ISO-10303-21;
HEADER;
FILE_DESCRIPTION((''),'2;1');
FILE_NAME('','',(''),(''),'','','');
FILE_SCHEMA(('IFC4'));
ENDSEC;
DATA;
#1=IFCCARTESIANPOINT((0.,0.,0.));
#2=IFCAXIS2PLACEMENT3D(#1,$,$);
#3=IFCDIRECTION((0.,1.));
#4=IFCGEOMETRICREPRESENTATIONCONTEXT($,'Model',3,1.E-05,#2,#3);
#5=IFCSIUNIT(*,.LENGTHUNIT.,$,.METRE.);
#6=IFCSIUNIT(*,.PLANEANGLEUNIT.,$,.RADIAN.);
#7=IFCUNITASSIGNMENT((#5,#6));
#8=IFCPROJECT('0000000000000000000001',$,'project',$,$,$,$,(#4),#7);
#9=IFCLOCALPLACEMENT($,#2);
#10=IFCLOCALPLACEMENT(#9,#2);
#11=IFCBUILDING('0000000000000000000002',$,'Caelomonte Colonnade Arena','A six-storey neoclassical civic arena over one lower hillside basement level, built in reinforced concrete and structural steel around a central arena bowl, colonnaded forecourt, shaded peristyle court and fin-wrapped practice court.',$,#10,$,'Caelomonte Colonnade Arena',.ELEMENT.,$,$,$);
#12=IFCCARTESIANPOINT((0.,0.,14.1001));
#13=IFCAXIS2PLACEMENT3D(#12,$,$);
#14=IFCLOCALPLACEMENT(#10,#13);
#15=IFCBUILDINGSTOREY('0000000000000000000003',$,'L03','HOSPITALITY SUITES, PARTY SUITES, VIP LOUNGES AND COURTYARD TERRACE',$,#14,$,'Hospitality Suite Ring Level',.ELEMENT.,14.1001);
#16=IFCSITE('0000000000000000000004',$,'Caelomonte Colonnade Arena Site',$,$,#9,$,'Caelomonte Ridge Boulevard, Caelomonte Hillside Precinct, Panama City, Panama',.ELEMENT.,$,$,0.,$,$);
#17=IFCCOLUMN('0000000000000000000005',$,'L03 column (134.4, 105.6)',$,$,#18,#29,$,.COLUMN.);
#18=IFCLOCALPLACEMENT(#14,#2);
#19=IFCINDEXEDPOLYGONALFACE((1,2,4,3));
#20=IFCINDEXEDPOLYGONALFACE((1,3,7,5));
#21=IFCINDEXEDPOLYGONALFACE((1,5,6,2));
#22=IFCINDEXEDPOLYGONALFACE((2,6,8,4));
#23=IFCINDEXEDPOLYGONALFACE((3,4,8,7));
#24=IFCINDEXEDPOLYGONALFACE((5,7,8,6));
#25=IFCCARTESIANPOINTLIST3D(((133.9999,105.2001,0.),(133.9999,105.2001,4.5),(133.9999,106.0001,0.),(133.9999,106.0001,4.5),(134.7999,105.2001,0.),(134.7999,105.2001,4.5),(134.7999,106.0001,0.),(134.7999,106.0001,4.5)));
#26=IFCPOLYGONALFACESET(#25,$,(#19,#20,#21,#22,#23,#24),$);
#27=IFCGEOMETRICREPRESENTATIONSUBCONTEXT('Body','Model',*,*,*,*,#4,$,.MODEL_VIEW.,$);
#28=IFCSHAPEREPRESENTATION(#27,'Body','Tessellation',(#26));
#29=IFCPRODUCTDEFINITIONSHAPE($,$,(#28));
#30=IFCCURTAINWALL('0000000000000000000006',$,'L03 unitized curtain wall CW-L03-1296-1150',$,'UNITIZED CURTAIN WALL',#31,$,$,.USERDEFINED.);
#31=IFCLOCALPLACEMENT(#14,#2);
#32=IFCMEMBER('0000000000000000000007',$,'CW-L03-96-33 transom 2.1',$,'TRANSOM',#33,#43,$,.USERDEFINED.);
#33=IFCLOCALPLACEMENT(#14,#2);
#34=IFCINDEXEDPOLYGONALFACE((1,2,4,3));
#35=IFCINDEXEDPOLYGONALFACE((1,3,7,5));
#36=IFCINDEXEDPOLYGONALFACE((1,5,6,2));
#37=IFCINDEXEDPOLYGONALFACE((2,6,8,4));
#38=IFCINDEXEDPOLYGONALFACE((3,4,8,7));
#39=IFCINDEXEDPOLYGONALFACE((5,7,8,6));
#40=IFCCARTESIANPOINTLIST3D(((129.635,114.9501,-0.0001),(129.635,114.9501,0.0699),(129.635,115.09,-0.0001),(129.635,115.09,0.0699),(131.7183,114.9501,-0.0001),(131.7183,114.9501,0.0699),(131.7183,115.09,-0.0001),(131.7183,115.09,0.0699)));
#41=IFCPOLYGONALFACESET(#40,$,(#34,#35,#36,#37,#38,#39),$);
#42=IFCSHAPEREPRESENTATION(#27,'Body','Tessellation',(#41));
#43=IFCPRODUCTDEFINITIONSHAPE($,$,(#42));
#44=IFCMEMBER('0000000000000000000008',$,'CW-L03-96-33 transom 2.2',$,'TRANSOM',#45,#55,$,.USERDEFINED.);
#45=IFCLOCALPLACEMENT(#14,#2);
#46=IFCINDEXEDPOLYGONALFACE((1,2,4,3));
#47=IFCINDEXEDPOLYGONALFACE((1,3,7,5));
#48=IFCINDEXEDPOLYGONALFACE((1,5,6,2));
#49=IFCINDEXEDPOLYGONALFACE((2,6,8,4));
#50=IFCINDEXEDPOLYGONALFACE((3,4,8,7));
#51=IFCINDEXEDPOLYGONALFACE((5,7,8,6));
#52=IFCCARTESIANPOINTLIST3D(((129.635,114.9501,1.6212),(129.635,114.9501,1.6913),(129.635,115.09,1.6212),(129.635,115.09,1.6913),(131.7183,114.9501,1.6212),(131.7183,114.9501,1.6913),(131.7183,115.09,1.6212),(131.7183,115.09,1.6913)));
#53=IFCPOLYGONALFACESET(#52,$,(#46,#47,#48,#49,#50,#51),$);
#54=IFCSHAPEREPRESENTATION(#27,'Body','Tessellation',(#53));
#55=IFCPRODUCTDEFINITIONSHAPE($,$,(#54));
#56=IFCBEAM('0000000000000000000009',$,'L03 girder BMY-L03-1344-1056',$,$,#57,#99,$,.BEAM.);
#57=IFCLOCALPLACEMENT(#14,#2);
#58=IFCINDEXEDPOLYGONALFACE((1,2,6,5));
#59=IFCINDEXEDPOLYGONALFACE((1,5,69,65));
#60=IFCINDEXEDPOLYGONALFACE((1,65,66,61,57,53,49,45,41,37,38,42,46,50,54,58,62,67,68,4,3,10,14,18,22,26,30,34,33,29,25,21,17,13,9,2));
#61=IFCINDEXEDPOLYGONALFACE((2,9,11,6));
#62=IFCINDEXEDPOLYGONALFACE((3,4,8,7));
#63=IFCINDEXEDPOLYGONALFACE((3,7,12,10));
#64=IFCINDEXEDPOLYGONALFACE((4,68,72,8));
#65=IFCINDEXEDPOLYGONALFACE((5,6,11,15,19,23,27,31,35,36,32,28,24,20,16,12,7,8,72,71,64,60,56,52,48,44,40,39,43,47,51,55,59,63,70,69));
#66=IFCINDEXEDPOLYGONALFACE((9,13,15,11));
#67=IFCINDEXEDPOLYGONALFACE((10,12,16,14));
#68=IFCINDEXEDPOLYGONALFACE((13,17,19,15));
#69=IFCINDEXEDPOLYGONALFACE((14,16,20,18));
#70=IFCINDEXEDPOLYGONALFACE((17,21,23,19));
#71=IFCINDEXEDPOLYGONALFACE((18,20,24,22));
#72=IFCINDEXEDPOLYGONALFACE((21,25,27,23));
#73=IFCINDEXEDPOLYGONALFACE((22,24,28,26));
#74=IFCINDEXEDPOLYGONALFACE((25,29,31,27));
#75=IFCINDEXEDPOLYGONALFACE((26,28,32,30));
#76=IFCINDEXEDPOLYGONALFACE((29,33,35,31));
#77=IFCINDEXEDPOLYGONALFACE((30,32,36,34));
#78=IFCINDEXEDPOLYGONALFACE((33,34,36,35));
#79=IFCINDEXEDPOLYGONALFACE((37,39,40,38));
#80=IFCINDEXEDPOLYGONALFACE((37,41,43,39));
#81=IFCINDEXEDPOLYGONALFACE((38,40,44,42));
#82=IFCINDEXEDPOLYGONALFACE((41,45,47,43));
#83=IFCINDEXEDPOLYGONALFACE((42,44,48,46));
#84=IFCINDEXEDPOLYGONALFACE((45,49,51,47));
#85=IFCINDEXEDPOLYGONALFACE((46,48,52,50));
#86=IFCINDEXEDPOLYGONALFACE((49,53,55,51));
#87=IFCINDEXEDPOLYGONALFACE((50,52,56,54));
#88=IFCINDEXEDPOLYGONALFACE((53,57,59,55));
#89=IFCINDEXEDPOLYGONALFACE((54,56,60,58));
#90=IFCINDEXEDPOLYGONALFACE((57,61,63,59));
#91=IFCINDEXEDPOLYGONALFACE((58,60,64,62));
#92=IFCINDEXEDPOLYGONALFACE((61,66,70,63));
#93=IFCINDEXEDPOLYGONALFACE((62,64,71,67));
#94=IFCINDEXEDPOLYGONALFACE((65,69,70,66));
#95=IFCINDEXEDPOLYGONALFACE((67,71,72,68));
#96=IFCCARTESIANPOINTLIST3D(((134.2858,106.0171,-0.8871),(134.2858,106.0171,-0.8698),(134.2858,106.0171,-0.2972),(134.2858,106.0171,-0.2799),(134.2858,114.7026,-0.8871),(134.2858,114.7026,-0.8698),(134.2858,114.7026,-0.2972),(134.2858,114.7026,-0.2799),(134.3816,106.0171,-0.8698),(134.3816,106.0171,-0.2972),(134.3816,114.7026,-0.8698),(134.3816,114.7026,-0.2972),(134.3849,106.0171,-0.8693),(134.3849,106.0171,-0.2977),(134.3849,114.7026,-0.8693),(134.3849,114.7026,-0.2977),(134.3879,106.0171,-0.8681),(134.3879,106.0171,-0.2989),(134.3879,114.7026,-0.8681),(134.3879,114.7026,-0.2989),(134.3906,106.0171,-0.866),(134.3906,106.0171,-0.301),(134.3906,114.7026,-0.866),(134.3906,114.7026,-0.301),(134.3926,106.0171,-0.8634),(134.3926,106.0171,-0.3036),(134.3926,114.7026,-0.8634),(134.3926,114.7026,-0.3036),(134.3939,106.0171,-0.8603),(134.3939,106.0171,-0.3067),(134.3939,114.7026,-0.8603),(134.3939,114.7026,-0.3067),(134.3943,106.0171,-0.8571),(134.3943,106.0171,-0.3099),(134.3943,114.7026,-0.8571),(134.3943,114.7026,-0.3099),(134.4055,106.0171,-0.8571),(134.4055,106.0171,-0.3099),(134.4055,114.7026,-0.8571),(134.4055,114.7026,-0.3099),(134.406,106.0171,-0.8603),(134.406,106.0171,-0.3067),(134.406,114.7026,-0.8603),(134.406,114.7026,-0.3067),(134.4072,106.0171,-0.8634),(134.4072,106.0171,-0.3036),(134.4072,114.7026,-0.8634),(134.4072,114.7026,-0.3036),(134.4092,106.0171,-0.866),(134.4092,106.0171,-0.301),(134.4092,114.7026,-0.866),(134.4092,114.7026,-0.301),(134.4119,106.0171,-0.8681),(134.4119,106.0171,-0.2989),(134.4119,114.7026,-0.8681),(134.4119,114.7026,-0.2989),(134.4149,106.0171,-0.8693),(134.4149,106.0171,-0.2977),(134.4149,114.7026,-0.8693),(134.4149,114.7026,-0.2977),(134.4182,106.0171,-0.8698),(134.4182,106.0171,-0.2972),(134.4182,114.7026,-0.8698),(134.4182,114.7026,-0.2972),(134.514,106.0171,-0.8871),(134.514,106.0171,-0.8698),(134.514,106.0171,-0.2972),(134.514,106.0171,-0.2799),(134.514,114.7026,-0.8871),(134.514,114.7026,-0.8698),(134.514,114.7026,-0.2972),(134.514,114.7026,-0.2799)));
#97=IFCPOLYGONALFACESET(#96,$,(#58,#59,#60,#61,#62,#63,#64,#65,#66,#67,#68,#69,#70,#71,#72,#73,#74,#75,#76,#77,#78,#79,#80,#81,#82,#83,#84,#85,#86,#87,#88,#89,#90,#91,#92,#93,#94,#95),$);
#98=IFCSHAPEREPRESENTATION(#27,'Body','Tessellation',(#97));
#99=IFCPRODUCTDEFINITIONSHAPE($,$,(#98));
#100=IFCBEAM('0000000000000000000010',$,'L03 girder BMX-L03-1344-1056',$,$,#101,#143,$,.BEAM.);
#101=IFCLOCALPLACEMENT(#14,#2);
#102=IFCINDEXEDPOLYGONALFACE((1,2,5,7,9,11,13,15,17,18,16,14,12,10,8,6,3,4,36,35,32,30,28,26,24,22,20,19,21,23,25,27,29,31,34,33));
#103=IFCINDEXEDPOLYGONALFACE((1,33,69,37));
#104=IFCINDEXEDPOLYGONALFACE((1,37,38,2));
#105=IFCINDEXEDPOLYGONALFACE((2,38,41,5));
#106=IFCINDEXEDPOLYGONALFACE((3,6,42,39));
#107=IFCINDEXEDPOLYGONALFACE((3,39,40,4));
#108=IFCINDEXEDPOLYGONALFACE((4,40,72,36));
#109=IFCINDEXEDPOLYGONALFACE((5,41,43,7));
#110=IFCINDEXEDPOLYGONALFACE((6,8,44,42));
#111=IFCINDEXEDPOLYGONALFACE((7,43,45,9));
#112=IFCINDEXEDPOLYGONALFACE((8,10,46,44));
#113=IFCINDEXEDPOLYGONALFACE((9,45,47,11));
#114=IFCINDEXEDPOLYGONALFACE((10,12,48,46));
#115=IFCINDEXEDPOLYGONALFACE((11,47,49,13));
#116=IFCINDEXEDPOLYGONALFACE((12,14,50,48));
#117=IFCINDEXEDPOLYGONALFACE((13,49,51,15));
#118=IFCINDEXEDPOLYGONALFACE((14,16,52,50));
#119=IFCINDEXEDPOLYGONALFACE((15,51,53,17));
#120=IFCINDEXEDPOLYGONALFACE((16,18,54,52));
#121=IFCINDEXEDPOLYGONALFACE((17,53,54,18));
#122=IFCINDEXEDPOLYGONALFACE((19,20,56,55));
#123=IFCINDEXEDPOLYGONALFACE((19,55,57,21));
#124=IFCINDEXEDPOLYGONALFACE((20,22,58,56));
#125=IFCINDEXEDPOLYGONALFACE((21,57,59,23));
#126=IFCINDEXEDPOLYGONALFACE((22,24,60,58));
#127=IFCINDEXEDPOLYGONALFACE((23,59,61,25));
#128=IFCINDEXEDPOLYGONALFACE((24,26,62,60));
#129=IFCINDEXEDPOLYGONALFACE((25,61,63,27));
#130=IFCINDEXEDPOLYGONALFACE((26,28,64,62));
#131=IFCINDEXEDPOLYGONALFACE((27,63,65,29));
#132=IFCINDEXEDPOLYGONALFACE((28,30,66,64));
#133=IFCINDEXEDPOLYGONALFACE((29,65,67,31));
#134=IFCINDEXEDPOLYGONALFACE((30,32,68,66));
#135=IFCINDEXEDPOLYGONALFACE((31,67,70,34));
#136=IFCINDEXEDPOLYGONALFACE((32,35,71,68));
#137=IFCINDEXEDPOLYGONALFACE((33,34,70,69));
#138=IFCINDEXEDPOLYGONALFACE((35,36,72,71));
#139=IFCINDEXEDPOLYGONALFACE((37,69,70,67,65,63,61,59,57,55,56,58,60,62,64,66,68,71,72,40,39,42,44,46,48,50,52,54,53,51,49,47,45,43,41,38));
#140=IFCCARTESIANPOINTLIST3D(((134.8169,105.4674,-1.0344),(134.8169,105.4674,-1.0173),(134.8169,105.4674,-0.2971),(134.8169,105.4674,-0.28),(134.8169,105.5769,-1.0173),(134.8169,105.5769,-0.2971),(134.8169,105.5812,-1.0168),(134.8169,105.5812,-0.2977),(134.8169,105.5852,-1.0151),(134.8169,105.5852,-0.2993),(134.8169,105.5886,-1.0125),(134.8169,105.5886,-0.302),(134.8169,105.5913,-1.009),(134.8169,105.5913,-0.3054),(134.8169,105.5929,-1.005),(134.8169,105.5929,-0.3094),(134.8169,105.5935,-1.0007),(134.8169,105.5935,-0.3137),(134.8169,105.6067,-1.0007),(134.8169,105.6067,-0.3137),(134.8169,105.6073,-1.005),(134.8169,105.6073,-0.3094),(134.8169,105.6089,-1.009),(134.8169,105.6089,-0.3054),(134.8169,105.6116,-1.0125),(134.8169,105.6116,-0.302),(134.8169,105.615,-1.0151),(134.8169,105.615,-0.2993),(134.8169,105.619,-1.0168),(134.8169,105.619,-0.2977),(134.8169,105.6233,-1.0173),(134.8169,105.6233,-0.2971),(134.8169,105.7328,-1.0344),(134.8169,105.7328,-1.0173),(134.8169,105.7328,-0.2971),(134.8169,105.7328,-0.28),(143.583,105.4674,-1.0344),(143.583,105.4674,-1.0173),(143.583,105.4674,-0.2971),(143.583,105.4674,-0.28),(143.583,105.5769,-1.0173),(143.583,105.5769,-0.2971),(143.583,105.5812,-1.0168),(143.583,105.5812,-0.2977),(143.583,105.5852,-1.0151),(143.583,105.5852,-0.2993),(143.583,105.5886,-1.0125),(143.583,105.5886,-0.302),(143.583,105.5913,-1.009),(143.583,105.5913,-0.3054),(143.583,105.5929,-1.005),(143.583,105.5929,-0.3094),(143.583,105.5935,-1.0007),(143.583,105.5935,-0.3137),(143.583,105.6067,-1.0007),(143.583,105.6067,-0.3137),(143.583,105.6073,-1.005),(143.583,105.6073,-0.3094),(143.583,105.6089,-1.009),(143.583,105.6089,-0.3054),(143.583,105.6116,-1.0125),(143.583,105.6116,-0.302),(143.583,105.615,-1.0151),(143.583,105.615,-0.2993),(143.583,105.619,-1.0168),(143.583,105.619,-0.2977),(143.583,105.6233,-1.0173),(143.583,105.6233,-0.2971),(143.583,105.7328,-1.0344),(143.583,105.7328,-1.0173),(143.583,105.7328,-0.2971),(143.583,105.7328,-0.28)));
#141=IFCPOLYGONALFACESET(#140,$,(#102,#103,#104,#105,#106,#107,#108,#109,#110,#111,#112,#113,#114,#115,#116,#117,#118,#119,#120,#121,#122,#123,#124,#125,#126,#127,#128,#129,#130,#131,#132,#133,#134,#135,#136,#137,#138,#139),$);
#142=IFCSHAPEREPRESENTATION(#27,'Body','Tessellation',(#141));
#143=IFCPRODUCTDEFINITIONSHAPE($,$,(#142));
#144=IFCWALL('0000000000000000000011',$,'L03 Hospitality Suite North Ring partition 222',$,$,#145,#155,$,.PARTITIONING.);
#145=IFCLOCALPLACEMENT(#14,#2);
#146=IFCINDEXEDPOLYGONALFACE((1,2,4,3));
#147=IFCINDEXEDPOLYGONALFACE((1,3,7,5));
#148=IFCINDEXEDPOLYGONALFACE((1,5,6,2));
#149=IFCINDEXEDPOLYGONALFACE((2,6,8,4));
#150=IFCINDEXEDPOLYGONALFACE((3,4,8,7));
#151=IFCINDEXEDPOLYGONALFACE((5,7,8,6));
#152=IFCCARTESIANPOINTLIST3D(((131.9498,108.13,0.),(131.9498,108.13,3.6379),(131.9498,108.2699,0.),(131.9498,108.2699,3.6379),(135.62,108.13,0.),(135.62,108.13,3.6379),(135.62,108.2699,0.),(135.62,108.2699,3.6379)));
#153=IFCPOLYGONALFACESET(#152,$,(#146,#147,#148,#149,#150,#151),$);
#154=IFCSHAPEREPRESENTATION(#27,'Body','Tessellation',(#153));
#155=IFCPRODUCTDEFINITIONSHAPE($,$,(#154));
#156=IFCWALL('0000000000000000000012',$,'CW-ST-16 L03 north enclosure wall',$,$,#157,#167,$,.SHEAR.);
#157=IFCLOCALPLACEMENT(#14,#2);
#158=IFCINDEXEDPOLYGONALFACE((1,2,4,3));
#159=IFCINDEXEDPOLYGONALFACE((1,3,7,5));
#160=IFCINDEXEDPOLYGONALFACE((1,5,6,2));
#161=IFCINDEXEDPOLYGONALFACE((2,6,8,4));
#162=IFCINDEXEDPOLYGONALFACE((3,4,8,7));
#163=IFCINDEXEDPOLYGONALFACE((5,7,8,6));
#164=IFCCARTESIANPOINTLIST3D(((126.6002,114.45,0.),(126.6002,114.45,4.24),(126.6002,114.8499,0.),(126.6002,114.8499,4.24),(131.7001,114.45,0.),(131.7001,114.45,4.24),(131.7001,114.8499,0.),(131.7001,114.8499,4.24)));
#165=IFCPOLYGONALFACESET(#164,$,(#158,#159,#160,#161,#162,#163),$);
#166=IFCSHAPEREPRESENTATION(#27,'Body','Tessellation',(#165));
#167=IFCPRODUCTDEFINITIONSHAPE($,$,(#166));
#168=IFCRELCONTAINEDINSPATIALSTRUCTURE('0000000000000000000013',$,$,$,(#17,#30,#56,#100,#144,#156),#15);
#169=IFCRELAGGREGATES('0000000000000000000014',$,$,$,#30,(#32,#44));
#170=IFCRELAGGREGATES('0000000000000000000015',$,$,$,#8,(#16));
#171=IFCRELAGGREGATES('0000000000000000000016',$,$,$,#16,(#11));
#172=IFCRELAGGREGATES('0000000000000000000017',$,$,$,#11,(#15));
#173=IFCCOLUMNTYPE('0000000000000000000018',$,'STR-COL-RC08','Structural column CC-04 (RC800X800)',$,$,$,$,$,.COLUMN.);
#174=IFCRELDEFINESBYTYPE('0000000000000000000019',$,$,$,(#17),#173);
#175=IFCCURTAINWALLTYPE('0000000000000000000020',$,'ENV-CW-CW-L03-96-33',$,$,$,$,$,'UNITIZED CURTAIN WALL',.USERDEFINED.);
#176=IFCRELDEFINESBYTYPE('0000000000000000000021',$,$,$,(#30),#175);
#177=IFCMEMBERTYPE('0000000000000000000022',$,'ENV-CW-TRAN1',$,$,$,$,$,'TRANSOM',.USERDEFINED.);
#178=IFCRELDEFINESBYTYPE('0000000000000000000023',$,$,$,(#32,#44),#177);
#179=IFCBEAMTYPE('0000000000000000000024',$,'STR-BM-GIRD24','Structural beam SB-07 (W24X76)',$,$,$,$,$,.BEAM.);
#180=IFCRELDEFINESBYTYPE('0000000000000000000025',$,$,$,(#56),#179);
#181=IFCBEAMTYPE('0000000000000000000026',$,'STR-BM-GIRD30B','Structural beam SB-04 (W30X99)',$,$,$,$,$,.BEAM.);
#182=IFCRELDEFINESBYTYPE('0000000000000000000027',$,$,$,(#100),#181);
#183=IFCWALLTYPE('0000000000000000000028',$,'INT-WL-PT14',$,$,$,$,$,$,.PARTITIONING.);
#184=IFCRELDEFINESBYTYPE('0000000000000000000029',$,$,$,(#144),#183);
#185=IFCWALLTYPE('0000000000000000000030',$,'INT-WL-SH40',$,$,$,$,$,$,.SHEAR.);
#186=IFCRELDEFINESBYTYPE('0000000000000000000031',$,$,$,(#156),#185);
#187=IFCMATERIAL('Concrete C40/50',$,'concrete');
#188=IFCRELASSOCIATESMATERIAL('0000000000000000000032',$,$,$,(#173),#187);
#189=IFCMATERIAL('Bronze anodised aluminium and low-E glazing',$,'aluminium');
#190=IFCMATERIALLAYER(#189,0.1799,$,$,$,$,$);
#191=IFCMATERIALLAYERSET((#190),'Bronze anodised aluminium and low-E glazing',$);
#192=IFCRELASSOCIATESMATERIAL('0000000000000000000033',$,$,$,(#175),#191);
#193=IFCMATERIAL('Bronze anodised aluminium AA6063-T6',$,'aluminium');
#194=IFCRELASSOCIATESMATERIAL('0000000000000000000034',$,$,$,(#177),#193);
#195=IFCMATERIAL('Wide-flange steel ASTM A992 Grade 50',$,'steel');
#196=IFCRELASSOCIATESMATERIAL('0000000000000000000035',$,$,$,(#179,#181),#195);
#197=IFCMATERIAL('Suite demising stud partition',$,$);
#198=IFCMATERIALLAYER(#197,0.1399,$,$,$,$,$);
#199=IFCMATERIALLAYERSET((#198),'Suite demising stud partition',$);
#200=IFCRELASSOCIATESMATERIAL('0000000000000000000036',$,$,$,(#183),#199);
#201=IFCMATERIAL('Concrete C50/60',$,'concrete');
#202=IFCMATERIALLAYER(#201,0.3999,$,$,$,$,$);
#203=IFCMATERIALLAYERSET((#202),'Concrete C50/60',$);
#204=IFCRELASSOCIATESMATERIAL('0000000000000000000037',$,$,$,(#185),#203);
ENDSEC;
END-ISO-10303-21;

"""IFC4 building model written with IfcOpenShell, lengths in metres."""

from ifc_helpers import new_model, si_unit, direction, frame, frame_2d, origin, origin_2d, place, context, subcontext, project, spatial, rectangle, i_section, extrude, material, layer, layer_set, material_profile, profile_set, type_object, element, aggregate, save


model = new_model("IFC4")

# Units and contexts
model_context = context("Model", 3, precision=1e-05, world=origin(), true_north=direction((0.0, 1.0)))
body_context = subcontext(model_context, "Body", "Model", "MODEL_VIEW")
ifc_project = project(units=[si_unit("LENGTHUNIT", "METRE"), si_unit("PLANEANGLEUNIT", "RADIAN")], contexts=[model_context])

# Site, building, storey
site_placement = place(None, origin())
site = spatial("IfcSite", under=ifc_project, at=site_placement, Name="Caelomonte Colonnade Arena Site", LongName="Caelomonte Ridge Boulevard, Caelomonte Hillside Precinct, Panama City, Panama", CompositionType="ELEMENT", RefElevation=0.0)
building_placement = place(site_placement, origin())
building = spatial("IfcBuilding", under=site, at=building_placement, Name="Caelomonte Colonnade Arena", Description="A six-storey neoclassical civic arena over one lower hillside basement level, built in reinforced concrete and structural steel around a central arena bowl, colonnaded forecourt, shaded peristyle court and fin-wrapped practice court.", LongName="Caelomonte Colonnade Arena", CompositionType="ELEMENT")
storey_placement = place(building_placement, frame((0.0, 0.0, 14.1001)))
storey = spatial("IfcBuildingStorey", under=building, at=storey_placement, Name="L03", Description="HOSPITALITY SUITES, PARTY SUITES, VIP LOUNGES AND COURTYARD TERRACE", LongName="Hospitality Suite Ring Level", CompositionType="ELEMENT", Elevation=14.1001)

# Column
ifc_material_1 = material(Name="Concrete C40/50", Category="concrete")
ifc_material_profile_1 = material_profile(ifc_material_1, rectangle(XDim=0.8, YDim=0.8, at=origin_2d()), Name="RC800X800")
ifc_profile_set_1 = profile_set([ifc_material_profile_1], Name="Concrete C40/50")
column_type = type_object("IfcColumnType", Name="STR-COL-RC08", Description="Structural column CC-04 (RC800X800)", PredefinedType="COLUMN", material=ifc_profile_set_1)
column_placement = place(storey_placement, frame((134.3999, 105.6001, 0.0), z_axis=(0.0, 0.0, 1.0), x_axis=(1.0, 0.0, 0.0)))
element("IfcColumn", 1, at=column_placement, inside=storey, type_object=column_type, Name="L03 column (134.4, 105.6)", PredefinedType="COLUMN", context=body_context, shape_type="SweptSolid", body=[
    extrude(rectangle(XDim=0.8, YDim=0.8, at=origin_2d()), origin(), (0.0, 0.0, 1.0), 4.5),
])

# Curtain wall, members
ifc_material_2 = material(Name="Bronze anodised aluminium and low-E glazing", Category="aluminium")
ifc_layer_1 = layer(ifc_material_2, 0.1799)
ifc_layer_set_1 = layer_set([ifc_layer_1], Name="Bronze anodised aluminium and low-E glazing")
curtain_wall_type = type_object("IfcCurtainWallType", Name="ENV-CW-CW-L03-96-33", ElementType="UNITIZED CURTAIN WALL", PredefinedType="USERDEFINED", material=ifc_layer_set_1)
curtain_wall_placement = place(storey_placement, origin())
curtain_wall = element("IfcCurtainWall", 2, at=curtain_wall_placement, inside=storey, type_object=curtain_wall_type, Name="L03 unitized curtain wall CW-L03-1296-1150", ObjectType="UNITIZED CURTAIN WALL", PredefinedType="USERDEFINED")
ifc_material_3 = material(Name="Bronze anodised aluminium AA6063-T6", Category="aluminium")
ifc_material_profile_2 = material_profile(ifc_material_3, rectangle(XDim=0.0701, YDim=0.1399, at=origin_2d()), Name="CWT-70X140")
ifc_profile_set_2 = profile_set([ifc_material_profile_2], Name="Bronze anodised aluminium AA6063-T6")
member_type = type_object("IfcMemberType", Name="ENV-CW-TRAN1", ElementType="TRANSOM", PredefinedType="USERDEFINED", material=ifc_profile_set_2)
member_1_placement = place(storey_placement, frame((131.7183, 115.02, 0.0349), z_axis=(-1.0, 0.0, 0.0), x_axis=(0.0, 0.0, 1.0)))
member_1 = element("IfcMember", 3, at=member_1_placement, type_object=member_type, Name="CW-L03-96-33 transom 2.1", ObjectType="TRANSOM", PredefinedType="USERDEFINED", context=body_context, shape_type="SweptSolid", body=[
    extrude(rectangle(XDim=0.0701, YDim=0.1399, at=origin_2d()), origin(), (0.0, 0.0, 1.0), 2.0833),
])
member_2_placement = place(storey_placement, frame((131.7183, 115.02, 1.6562), z_axis=(-1.0, 0.0, 0.0), x_axis=(0.0, 0.0, 1.0)))
member_2 = element("IfcMember", 4, at=member_2_placement, type_object=member_type, Name="CW-L03-96-33 transom 2.2", ObjectType="TRANSOM", PredefinedType="USERDEFINED", context=body_context, shape_type="SweptSolid", body=[
    extrude(rectangle(XDim=0.0701, YDim=0.1399, at=origin_2d()), origin(), (0.0, 0.0, 1.0), 2.0833),
])
aggregate(curtain_wall, [member_1, member_2])

# Beams
ifc_material_4 = material(Name="Wide-flange steel ASTM A992 Grade 50", Category="steel")
ifc_material_profile_3 = material_profile(ifc_material_4, i_section(OverallWidth=0.2283, OverallDepth=0.6072, WebThickness=0.0112, FlangeThickness=0.0173, FilletRadius=0.0127, at=origin_2d()), Name="W24X76")
ifc_profile_set_3 = profile_set([ifc_material_profile_3], Name="Wide-flange steel ASTM A992 Grade 50")
beam_type_1 = type_object("IfcBeamType", Name="STR-BM-GIRD24", Description="Structural beam SB-07 (W24X76)", PredefinedType="BEAM", material=ifc_profile_set_3)
beam_1_placement = place(storey_placement, frame((134.3999, 106.0171, -0.5835), z_axis=(0.0, 1.0, 0.0), x_axis=(-1.0, 0.0, 0.0)))
element("IfcBeam", 5, at=beam_1_placement, inside=storey, type_object=beam_type_1, Name="L03 girder BMY-L03-1344-1056", PredefinedType="BEAM", context=body_context, shape_type="SweptSolid", body=[
    extrude(i_section(OverallWidth=0.2283, OverallDepth=0.6072, WebThickness=0.0112, FlangeThickness=0.0173, FilletRadius=0.0127, at=origin_2d()), origin(), (0.0, 0.0, 1.0), 8.6855),
])
ifc_material_profile_4 = material_profile(ifc_material_4, i_section(OverallWidth=0.2654, OverallDepth=0.7544, WebThickness=0.0132, FlangeThickness=0.0171, FilletRadius=0.0166, at=origin_2d()), Name="W30X99")
ifc_profile_set_4 = profile_set([ifc_material_profile_4], Name="Wide-flange steel ASTM A992 Grade 50")
beam_type_2 = type_object("IfcBeamType", Name="STR-BM-GIRD30B", Description="Structural beam SB-04 (W30X99)", PredefinedType="BEAM", material=ifc_profile_set_4)
beam_2_placement = place(storey_placement, frame((134.8169, 105.6001, -0.6572), z_axis=(1.0, 0.0, 0.0), x_axis=(0.0, 1.0, 0.0)))
element("IfcBeam", 6, at=beam_2_placement, inside=storey, type_object=beam_type_2, Name="L03 girder BMX-L03-1344-1056", PredefinedType="BEAM", context=body_context, shape_type="SweptSolid", body=[
    extrude(i_section(OverallWidth=0.2654, OverallDepth=0.7544, WebThickness=0.0132, FlangeThickness=0.0171, FilletRadius=0.0166, at=origin_2d()), origin(), (0.0, 0.0, 1.0), 8.7661),
])

# Walls
ifc_material_5 = material(Name="Suite demising stud partition")
ifc_layer_2 = layer(ifc_material_5, 0.1399)
ifc_layer_set_2 = layer_set([ifc_layer_2], Name="Suite demising stud partition")
wall_type_1 = type_object("IfcWallType", Name="INT-WL-PT14", PredefinedType="PARTITIONING", material=ifc_layer_set_2)
wall_1_placement = place(storey_placement, frame((131.95, 108.2, 0.0), z_axis=(0.0, 0.0, 1.0), x_axis=(1.0, 0.0, 0.0)))
element("IfcWall", 7, at=wall_1_placement, inside=storey, type_object=wall_type_1, Name="L03 Hospitality Suite North Ring partition 222", PredefinedType="PARTITIONING", context=body_context, shape_type="SweptSolid", body=[
    extrude(rectangle(XDim=3.6702, YDim=0.1399, at=frame_2d((1.835, 0.0))), origin(), (0.0, 0.0, 1.0), 3.6379),
])
ifc_material_6 = material(Name="Concrete C50/60", Category="concrete")
ifc_layer_3 = layer(ifc_material_6, 0.3999)
ifc_layer_set_3 = layer_set([ifc_layer_3], Name="Concrete C50/60")
wall_type_2 = type_object("IfcWallType", Name="INT-WL-SH40", PredefinedType="SHEAR", material=ifc_layer_set_3)
wall_2_placement = place(storey_placement, frame((131.7, 114.6499, 0.0), z_axis=(0.0, 0.0, 1.0), x_axis=(-1.0, 0.0, 0.0)))
element("IfcWall", 8, at=wall_2_placement, inside=storey, type_object=wall_type_2, Name="CW-ST-16 L03 north enclosure wall", PredefinedType="SHEAR", context=body_context, shape_type="SweptSolid", body=[
    extrude(rectangle(XDim=5.0999, YDim=0.3999, at=frame_2d((2.5498, 0.0))), origin(), (0.0, 0.0, 1.0), 4.24),
])

save(model, "model.ifc")
